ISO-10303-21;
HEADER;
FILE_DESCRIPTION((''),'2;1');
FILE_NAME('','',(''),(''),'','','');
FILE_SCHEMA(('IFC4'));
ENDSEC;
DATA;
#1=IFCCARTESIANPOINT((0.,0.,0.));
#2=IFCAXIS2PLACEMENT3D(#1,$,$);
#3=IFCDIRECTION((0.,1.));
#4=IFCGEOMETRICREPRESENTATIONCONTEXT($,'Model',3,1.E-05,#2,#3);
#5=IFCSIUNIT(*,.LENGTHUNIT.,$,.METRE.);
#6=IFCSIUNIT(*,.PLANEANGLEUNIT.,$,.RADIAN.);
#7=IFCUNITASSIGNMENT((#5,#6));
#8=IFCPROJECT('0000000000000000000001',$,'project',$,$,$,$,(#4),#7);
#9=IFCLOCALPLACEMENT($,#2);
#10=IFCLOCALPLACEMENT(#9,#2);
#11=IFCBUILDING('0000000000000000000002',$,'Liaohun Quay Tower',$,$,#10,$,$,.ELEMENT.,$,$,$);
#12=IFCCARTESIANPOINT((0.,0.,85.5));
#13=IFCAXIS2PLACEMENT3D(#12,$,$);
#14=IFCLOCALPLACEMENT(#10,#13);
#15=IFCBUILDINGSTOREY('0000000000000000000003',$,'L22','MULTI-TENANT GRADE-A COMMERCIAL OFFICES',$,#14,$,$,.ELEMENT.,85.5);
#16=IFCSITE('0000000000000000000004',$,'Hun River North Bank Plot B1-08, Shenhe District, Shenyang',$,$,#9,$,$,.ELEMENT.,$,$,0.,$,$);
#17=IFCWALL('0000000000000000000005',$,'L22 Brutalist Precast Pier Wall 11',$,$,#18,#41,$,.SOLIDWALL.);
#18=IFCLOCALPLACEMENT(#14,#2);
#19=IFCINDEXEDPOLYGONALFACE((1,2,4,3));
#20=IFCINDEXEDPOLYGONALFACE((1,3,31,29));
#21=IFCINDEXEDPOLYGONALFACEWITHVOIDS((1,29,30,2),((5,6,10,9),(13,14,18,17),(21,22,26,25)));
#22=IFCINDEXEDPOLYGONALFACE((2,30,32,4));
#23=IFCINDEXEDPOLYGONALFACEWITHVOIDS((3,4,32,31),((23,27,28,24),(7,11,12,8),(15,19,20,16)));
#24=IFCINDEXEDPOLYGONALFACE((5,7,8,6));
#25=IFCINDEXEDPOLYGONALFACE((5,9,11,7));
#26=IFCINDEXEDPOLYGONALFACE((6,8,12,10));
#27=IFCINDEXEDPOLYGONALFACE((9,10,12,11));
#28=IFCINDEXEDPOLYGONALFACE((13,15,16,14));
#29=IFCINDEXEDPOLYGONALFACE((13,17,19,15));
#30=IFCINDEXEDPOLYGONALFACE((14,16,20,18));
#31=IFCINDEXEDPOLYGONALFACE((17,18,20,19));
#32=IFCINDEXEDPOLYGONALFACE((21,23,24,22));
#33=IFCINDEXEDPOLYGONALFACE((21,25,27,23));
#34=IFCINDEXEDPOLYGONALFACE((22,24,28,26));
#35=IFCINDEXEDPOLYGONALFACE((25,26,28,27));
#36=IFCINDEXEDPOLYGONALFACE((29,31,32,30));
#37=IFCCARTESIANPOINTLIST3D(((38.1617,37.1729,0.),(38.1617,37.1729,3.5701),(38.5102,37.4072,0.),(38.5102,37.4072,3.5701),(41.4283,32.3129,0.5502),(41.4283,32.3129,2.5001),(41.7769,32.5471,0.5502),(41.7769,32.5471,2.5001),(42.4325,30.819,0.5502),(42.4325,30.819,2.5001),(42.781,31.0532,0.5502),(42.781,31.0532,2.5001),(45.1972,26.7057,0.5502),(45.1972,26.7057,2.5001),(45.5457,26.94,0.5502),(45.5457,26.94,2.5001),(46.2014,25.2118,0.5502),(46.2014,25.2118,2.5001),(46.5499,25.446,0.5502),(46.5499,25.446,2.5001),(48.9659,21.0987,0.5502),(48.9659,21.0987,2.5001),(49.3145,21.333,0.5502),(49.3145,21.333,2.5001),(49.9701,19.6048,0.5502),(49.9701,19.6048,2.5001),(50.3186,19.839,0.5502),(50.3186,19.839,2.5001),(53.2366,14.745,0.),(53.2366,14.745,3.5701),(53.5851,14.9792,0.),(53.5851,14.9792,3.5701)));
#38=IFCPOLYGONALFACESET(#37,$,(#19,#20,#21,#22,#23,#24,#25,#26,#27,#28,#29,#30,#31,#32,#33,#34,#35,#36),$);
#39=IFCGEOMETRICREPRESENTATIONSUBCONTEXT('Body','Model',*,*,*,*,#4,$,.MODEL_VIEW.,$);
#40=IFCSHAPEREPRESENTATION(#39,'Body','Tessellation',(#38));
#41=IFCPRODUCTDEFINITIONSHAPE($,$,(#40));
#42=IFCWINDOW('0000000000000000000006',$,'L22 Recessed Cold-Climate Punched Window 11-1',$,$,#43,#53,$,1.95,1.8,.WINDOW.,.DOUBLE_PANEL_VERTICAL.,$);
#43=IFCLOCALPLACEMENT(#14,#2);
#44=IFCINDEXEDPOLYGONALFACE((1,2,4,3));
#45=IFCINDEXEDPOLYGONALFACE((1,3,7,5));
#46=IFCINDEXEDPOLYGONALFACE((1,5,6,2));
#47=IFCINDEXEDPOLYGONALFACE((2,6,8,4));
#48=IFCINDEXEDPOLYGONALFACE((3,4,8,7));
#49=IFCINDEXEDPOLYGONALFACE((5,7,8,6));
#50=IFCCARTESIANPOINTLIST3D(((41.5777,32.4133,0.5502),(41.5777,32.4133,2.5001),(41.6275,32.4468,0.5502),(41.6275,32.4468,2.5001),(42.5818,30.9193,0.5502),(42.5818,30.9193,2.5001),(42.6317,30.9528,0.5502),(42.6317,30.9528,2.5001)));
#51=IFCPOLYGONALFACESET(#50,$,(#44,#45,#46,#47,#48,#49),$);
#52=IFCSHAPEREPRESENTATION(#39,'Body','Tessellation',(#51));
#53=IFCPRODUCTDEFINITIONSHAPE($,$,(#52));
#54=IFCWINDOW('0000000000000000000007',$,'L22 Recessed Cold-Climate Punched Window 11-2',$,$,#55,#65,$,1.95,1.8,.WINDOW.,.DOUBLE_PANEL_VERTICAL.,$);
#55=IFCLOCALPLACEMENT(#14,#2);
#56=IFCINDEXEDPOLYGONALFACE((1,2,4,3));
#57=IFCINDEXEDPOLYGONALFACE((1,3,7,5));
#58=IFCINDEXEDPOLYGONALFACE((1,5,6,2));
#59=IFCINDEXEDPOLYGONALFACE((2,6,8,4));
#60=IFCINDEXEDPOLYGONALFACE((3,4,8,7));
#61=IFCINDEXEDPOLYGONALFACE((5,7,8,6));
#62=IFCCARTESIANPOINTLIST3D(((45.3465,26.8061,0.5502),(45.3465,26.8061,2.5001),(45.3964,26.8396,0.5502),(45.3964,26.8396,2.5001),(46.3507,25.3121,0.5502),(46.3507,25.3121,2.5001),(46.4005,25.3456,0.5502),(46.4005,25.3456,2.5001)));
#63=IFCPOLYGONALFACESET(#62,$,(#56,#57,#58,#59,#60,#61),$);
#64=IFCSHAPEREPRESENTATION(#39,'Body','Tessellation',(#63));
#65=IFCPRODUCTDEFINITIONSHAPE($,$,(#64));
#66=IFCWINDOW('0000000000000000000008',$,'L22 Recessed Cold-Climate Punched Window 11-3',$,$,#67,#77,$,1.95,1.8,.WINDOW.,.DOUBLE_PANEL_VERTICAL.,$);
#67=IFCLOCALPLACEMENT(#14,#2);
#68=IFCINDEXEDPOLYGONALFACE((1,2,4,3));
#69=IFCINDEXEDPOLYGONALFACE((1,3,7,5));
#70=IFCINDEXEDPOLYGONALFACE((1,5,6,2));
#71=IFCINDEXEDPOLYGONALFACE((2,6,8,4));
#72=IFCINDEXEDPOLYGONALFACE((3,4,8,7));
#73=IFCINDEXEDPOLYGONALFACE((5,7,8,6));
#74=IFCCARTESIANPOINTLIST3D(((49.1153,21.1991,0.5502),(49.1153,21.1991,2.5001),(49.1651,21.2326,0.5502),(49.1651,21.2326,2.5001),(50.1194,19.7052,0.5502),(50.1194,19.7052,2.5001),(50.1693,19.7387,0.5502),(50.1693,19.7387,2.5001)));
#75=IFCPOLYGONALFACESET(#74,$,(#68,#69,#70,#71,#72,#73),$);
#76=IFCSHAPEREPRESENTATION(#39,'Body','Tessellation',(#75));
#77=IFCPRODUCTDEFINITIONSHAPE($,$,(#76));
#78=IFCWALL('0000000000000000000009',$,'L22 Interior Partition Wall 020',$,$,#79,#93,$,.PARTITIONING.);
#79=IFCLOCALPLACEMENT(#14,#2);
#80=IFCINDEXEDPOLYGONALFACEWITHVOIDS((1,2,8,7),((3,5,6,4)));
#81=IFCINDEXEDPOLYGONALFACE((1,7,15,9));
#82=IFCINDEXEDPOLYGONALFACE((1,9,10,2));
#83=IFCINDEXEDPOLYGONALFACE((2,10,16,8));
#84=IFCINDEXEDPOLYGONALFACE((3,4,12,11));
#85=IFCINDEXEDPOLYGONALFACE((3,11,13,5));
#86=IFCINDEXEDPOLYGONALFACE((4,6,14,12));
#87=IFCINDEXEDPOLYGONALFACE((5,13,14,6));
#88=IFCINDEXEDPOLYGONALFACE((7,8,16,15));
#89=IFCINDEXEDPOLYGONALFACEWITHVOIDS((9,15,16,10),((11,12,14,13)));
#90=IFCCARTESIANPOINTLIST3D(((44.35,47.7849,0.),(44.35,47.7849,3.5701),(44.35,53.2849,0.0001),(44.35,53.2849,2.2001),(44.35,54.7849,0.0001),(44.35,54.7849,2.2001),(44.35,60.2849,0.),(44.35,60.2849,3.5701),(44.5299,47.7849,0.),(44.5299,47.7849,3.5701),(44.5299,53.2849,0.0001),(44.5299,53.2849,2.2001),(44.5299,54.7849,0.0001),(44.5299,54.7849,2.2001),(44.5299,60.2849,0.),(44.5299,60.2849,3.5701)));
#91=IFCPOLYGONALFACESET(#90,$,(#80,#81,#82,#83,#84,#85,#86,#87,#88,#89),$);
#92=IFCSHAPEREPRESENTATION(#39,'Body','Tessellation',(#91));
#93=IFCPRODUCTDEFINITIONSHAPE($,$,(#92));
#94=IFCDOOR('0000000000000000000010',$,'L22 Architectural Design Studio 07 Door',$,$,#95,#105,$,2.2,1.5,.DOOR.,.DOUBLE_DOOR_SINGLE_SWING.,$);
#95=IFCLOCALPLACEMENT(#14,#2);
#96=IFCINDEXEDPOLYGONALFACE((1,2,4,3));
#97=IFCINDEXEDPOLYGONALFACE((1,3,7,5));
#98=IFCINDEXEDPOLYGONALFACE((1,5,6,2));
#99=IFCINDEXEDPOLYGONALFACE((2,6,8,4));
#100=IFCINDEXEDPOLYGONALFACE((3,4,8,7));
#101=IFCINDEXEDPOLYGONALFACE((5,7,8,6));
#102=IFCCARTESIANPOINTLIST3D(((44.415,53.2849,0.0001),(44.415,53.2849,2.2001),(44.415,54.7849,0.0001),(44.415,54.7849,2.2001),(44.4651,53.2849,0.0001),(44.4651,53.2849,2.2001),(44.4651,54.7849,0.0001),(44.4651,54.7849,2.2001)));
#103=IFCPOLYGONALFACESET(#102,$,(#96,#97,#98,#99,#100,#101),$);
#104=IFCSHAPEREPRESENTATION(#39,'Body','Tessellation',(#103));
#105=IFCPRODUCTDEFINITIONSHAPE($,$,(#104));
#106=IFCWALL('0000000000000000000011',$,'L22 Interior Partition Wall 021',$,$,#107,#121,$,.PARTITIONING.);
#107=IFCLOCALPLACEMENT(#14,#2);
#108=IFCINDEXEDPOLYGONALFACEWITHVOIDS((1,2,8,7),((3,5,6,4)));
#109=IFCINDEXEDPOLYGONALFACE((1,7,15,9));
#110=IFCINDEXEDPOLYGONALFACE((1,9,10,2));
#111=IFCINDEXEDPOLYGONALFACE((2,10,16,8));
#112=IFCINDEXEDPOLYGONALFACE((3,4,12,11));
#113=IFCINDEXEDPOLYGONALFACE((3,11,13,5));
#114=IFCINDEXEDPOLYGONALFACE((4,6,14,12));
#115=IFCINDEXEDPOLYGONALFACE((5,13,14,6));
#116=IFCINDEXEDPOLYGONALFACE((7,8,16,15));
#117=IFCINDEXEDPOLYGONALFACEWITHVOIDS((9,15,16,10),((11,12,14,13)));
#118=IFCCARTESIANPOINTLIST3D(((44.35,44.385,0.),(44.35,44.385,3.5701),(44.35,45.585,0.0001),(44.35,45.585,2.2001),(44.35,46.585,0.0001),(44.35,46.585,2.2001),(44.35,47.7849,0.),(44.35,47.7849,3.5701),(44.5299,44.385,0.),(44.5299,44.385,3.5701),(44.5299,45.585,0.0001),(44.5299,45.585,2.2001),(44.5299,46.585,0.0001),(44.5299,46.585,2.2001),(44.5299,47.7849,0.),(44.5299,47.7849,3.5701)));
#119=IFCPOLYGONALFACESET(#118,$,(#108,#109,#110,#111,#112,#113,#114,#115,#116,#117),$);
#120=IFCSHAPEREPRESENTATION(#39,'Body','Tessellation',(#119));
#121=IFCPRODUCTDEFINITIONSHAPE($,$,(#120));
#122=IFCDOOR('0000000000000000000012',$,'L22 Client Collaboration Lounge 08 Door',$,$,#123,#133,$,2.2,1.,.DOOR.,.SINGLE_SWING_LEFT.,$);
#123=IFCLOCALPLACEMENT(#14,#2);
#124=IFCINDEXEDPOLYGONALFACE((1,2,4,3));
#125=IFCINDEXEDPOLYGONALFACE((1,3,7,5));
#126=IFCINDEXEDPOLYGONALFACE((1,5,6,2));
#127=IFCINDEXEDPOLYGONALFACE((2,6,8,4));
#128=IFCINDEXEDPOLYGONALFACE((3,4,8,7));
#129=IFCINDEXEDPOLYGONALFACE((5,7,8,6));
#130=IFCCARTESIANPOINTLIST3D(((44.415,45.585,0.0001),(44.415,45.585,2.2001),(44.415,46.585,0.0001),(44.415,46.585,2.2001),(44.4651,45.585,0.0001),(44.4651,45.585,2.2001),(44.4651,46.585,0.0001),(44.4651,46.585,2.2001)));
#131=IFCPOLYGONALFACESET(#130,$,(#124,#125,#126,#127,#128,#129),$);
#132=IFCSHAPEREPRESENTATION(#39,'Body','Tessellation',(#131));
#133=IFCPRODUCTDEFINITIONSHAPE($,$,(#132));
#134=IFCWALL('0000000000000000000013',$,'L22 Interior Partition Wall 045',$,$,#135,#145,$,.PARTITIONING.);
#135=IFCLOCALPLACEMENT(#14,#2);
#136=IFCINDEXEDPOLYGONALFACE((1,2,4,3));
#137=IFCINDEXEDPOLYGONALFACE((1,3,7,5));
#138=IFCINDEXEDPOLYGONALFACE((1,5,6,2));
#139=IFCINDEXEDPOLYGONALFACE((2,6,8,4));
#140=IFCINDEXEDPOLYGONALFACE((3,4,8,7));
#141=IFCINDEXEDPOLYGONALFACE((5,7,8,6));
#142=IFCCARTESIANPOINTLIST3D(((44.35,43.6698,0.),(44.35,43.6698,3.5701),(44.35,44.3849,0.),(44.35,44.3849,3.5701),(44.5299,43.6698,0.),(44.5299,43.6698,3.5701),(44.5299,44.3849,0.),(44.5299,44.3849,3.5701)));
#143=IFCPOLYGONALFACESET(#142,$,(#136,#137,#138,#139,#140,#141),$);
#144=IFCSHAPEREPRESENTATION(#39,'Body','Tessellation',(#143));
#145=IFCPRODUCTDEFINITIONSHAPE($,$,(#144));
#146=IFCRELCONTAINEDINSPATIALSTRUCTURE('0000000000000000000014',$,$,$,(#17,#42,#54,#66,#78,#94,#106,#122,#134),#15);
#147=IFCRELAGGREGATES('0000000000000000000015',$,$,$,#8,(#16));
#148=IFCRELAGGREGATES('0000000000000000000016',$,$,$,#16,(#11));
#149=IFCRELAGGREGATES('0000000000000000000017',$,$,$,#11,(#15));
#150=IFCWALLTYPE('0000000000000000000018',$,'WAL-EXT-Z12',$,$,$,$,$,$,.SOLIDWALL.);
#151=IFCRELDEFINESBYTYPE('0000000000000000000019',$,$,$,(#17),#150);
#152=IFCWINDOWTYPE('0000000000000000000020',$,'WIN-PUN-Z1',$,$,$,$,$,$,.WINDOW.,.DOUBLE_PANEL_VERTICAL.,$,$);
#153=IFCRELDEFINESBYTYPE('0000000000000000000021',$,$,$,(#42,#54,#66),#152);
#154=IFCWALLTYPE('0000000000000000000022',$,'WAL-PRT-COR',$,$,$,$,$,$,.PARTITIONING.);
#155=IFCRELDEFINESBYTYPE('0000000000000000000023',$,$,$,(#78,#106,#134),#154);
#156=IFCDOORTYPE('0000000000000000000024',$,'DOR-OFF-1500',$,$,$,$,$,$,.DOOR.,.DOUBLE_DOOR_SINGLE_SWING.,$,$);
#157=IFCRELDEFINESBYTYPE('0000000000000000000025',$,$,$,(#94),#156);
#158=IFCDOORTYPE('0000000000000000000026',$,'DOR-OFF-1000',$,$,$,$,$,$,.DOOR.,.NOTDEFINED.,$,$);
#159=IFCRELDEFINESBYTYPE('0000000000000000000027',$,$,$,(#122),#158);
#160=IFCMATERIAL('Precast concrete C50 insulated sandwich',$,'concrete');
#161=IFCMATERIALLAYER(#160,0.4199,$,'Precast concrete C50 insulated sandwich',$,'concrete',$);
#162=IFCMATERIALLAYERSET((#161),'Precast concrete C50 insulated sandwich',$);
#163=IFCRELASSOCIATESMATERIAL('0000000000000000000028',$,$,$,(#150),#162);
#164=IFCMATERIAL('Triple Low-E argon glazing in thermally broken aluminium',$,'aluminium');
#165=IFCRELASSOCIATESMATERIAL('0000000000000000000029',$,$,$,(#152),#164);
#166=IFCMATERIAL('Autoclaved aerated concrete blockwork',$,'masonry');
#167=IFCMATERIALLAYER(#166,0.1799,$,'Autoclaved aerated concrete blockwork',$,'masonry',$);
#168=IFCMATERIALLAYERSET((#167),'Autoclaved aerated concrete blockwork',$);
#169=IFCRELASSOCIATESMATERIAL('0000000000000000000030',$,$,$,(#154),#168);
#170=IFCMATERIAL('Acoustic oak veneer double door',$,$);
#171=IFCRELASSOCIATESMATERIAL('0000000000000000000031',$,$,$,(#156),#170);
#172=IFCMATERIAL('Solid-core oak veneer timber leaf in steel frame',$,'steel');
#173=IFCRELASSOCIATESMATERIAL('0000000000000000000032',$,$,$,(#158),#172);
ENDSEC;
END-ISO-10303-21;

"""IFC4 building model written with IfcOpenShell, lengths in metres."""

from ifc_helpers import new_model, si_unit, direction, frame, frame_2d, origin, place, context, subcontext, project, spatial, rectangle, extrude, source, transform, mapped, material, layer, layer_set, type_object, element, fill, save


model = new_model("IFC4")

# Units and contexts
model_context = context("Model", 3, precision=1e-05, world=origin(), true_north=direction((0.0, 1.0)))
body_context = subcontext(model_context, "Body", "Model", "MODEL_VIEW")
ifc_project = project(units=[si_unit("LENGTHUNIT", "METRE"), si_unit("PLANEANGLEUNIT", "RADIAN")], contexts=[model_context])

# Site, building, storey
site_placement = place(None, origin())
site = spatial("IfcSite", under=ifc_project, at=site_placement, Name="Hun River North Bank Plot B1-08, Shenhe District, Shenyang", CompositionType="ELEMENT", RefElevation=0.0)
building_placement = place(site_placement, origin())
building = spatial("IfcBuilding", under=site, at=building_placement, Name="Liaohun Quay Tower", CompositionType="ELEMENT")
storey_placement = place(building_placement, frame((0.0, 0.0, 85.5)))
storey = spatial("IfcBuildingStorey", under=building, at=storey_placement, Name="L22", Description="MULTI-TENANT GRADE-A COMMERCIAL OFFICES", CompositionType="ELEMENT", Elevation=85.5)

# Wall, openings, windows
ifc_material_1 = material(Name="Precast concrete C50 insulated sandwich", Category="concrete")
ifc_layer_1 = layer(ifc_material_1, 0.4199, Name="Precast concrete C50 insulated sandwich", Category="concrete")
ifc_layer_set_1 = layer_set([ifc_layer_1], Name="Precast concrete C50 insulated sandwich")
wall_type_1 = type_object("IfcWallType", Name="WAL-EXT-Z12", PredefinedType="SOLIDWALL", material=ifc_layer_set_1)
wall_1_placement = place(storey_placement, frame((38.3359, 37.29, 0.0), z_axis=(0.0, 0.0, 1.0), x_axis=(0.557846, -0.829944, 0.0)))
wall_1 = element("IfcWall", 1, at=wall_1_placement, inside=storey, type_object=wall_type_1, Name="L22 Brutalist Precast Pier Wall 11", PredefinedType="SOLIDWALL", context=body_context, shape_type="SweptSolid", body=[
    extrude(rectangle(XDim=27.0234, YDim=0.4199, at=frame_2d((13.5117, 0.0))), origin(), (0.0, 0.0, 1.0), 3.5701),
])
shared_shape_1 = source(origin(), body_context, "Body", "SweptSolid", [
    extrude(rectangle(XDim=1.8, YDim=1.95, at=frame_2d((0.8999, 0.9751))), frame((0.0, 0.22, 0.0), z_axis=(0.0, -1.0, 0.0), x_axis=(1.0, 0.0, 0.0)), (0.0, 0.0, 1.0), 0.4399),
])
opening_1_placement = place(wall_1_placement, frame((5.856, 0.0, 0.55)))
opening_1 = element("IfcOpeningElement", 2, at=opening_1_placement, cuts=wall_1, PredefinedType="OPENING", context=body_context, shape_type="MappedRepresentation", body=[
    mapped(shared_shape_1, transform((0.0, 0.0, 0.0), x_axis=(1.0, 0.0, 0.0), y_axis=(0.0, 1.0, 0.0), z_axis=(0.0, 0.0, 1.0), scale=1.0)),
])
opening_2_placement = place(wall_1_placement, frame((12.6121, 0.0, 0.55)))
opening_2 = element("IfcOpeningElement", 3, at=opening_2_placement, cuts=wall_1, PredefinedType="OPENING", context=body_context, shape_type="MappedRepresentation", body=[
    mapped(shared_shape_1, transform((0.0, 0.0, 0.0), x_axis=(1.0, 0.0, 0.0), y_axis=(0.0, 1.0, 0.0), z_axis=(0.0, 0.0, 1.0), scale=1.0)),
])
opening_3_placement = place(wall_1_placement, frame((19.3679, 0.0, 0.55)))
opening_3 = element("IfcOpeningElement", 4, at=opening_3_placement, cuts=wall_1, PredefinedType="OPENING", context=body_context, shape_type="MappedRepresentation", body=[
    mapped(shared_shape_1, transform((0.0, 0.0, 0.0), x_axis=(1.0, 0.0, 0.0), y_axis=(0.0, 1.0, 0.0), z_axis=(0.0, 0.0, 1.0), scale=1.0)),
])
ifc_material_2 = material(Name="Triple Low-E argon glazing in thermally broken aluminium", Category="aluminium")
window_type = type_object("IfcWindowType", Name="WIN-PUN-Z1", PartitioningType="DOUBLE_PANEL_VERTICAL", PredefinedType="WINDOW", material=ifc_material_2)
shared_shape_2 = source(origin(), body_context, "Body", "SweptSolid", [
    extrude(rectangle(XDim=1.8, YDim=1.95, at=frame_2d((0.8999, 0.9751))), frame((0.0, 0.03, 0.0), z_axis=(0.0, -1.0, 0.0), x_axis=(1.0, 0.0, 0.0)), (0.0, 0.0, 1.0), 0.0601),
])
window_1_placement = place(opening_1_placement, origin())
window_1 = element("IfcWindow", 5, at=window_1_placement, inside=storey, type_object=window_type, Name="L22 Recessed Cold-Climate Punched Window 11-1", OverallHeight=1.95, OverallWidth=1.8, PartitioningType="DOUBLE_PANEL_VERTICAL", PredefinedType="WINDOW", context=body_context, shape_type="MappedRepresentation", body=[
    mapped(shared_shape_2, transform((0.0, 0.0, 0.0), x_axis=(1.0, 0.0, 0.0), y_axis=(0.0, 1.0, 0.0), z_axis=(0.0, 0.0, 1.0), scale=1.0)),
])
fill(opening_1, window_1)
window_2_placement = place(opening_2_placement, origin())
window_2 = element("IfcWindow", 6, at=window_2_placement, inside=storey, type_object=window_type, Name="L22 Recessed Cold-Climate Punched Window 11-2", OverallHeight=1.95, OverallWidth=1.8, PartitioningType="DOUBLE_PANEL_VERTICAL", PredefinedType="WINDOW", context=body_context, shape_type="MappedRepresentation", body=[
    mapped(shared_shape_2, transform((0.0, 0.0, 0.0), x_axis=(1.0, 0.0, 0.0), y_axis=(0.0, 1.0, 0.0), z_axis=(0.0, 0.0, 1.0), scale=1.0)),
])
fill(opening_2, window_2)
window_3_placement = place(opening_3_placement, origin())
window_3 = element("IfcWindow", 7, at=window_3_placement, inside=storey, type_object=window_type, Name="L22 Recessed Cold-Climate Punched Window 11-3", OverallHeight=1.95, OverallWidth=1.8, PartitioningType="DOUBLE_PANEL_VERTICAL", PredefinedType="WINDOW", context=body_context, shape_type="MappedRepresentation", body=[
    mapped(shared_shape_2, transform((0.0, 0.0, 0.0), x_axis=(1.0, 0.0, 0.0), y_axis=(0.0, 1.0, 0.0), z_axis=(0.0, 0.0, 1.0), scale=1.0)),
])
fill(opening_3, window_3)

# Walls, openings, doors
ifc_material_3 = material(Name="Autoclaved aerated concrete blockwork", Category="masonry")
ifc_layer_2 = layer(ifc_material_3, 0.1799, Name="Autoclaved aerated concrete blockwork", Category="masonry")
ifc_layer_set_2 = layer_set([ifc_layer_2], Name="Autoclaved aerated concrete blockwork")
wall_type_2 = type_object("IfcWallType", Name="WAL-PRT-COR", PredefinedType="PARTITIONING", material=ifc_layer_set_2)
wall_2_placement = place(storey_placement, frame((44.4399, 47.7849, 0.0), z_axis=(0.0, 0.0, 1.0), x_axis=(0.0, 1.0, 0.0)))
wall_2 = element("IfcWall", 8, at=wall_2_placement, inside=storey, type_object=wall_type_2, Name="L22 Interior Partition Wall 020", PredefinedType="PARTITIONING", context=body_context, shape_type="SweptSolid", body=[
    extrude(rectangle(XDim=12.5, YDim=0.1799, at=frame_2d((6.25, 0.0))), origin(), (0.0, 0.0, 1.0), 3.5701),
])
shared_shape_3 = source(origin(), body_context, "Body", "SweptSolid", [
    extrude(rectangle(XDim=1.5, YDim=2.2, at=frame_2d((0.75, 1.1001))), frame((0.0, 0.0999, 0.0), z_axis=(0.0, -1.0, 0.0), x_axis=(1.0, 0.0, 0.0)), (0.0, 0.0, 1.0), 0.2),
])
opening_4_placement = place(wall_2_placement, frame((5.5, 0.0, 0.0)))
opening_4 = element("IfcOpeningElement", 9, at=opening_4_placement, cuts=wall_2, PredefinedType="OPENING", context=body_context, shape_type="MappedRepresentation", body=[
    mapped(shared_shape_3, transform((0.0, 0.0, 0.0), x_axis=(1.0, 0.0, 0.0), y_axis=(0.0, 1.0, 0.0), z_axis=(0.0, 0.0, 1.0), scale=1.0)),
])
ifc_material_4 = material(Name="Acoustic oak veneer double door")
door_type_1 = type_object("IfcDoorType", Name="DOR-OFF-1500", OperationType="DOUBLE_DOOR_SINGLE_SWING", PredefinedType="DOOR", material=ifc_material_4)
shared_shape_4 = source(origin(), body_context, "Body", "SweptSolid", [
    extrude(rectangle(XDim=1.5, YDim=2.2, at=frame_2d((0.75, 1.1001))), frame((0.0, 0.0249, 0.0), z_axis=(0.0, -1.0, 0.0), x_axis=(1.0, 0.0, 0.0)), (0.0, 0.0, 1.0), 0.05),
])
door_1_placement = place(opening_4_placement, origin())
door_1 = element("IfcDoor", 10, at=door_1_placement, inside=storey, type_object=door_type_1, Name="L22 Architectural Design Studio 07 Door", OperationType="DOUBLE_DOOR_SINGLE_SWING", OverallHeight=2.2, OverallWidth=1.5, PredefinedType="DOOR", context=body_context, shape_type="MappedRepresentation", body=[
    mapped(shared_shape_4, transform((0.0, 0.0, 0.0), x_axis=(1.0, 0.0, 0.0), y_axis=(0.0, 1.0, 0.0), z_axis=(0.0, 0.0, 1.0), scale=1.0)),
])
fill(opening_4, door_1)
wall_3_placement = place(storey_placement, frame((44.4399, 44.385, 0.0), z_axis=(0.0, 0.0, 1.0), x_axis=(0.0, 1.0, 0.0)))
wall_3 = element("IfcWall", 11, at=wall_3_placement, inside=storey, type_object=wall_type_2, Name="L22 Interior Partition Wall 021", PredefinedType="PARTITIONING", context=body_context, shape_type="SweptSolid", body=[
    extrude(rectangle(XDim=3.3999, YDim=0.1799, at=frame_2d((1.7, 0.0))), origin(), (0.0, 0.0, 1.0), 3.5701),
])
shared_shape_5 = source(origin(), body_context, "Body", "SweptSolid", [
    extrude(rectangle(XDim=1.0, YDim=2.2, at=frame_2d((0.5, 1.1001))), frame((0.0, 0.0999, 0.0), z_axis=(0.0, -1.0, 0.0), x_axis=(1.0, 0.0, 0.0)), (0.0, 0.0, 1.0), 0.2),
])
opening_5_placement = place(wall_3_placement, frame((1.2, 0.0, 0.0)))
opening_5 = element("IfcOpeningElement", 12, at=opening_5_placement, cuts=wall_3, PredefinedType="OPENING", context=body_context, shape_type="MappedRepresentation", body=[
    mapped(shared_shape_5, transform((0.0, 0.0, 0.0), x_axis=(1.0, 0.0, 0.0), y_axis=(0.0, 1.0, 0.0), z_axis=(0.0, 0.0, 1.0), scale=1.0)),
])
ifc_material_5 = material(Name="Solid-core oak veneer timber leaf in steel frame", Category="steel")
door_type_2 = type_object("IfcDoorType", Name="DOR-OFF-1000", OperationType="NOTDEFINED", PredefinedType="DOOR", material=ifc_material_5)
shared_shape_6 = source(origin(), body_context, "Body", "SweptSolid", [
    extrude(rectangle(XDim=1.0, YDim=2.2, at=frame_2d((0.5, 1.1001))), frame((0.0, 0.0249, 0.0), z_axis=(0.0, -1.0, 0.0), x_axis=(1.0, 0.0, 0.0)), (0.0, 0.0, 1.0), 0.05),
])
door_2_placement = place(opening_5_placement, origin())
door_2 = element("IfcDoor", 13, at=door_2_placement, inside=storey, type_object=door_type_2, Name="L22 Client Collaboration Lounge 08 Door", OperationType="SINGLE_SWING_LEFT", OverallHeight=2.2, OverallWidth=1.0, PredefinedType="DOOR", context=body_context, shape_type="MappedRepresentation", body=[
    mapped(shared_shape_6, transform((0.0, 0.0, 0.0), x_axis=(1.0, 0.0, 0.0), y_axis=(0.0, 1.0, 0.0), z_axis=(0.0, 0.0, 1.0), scale=1.0)),
])
fill(opening_5, door_2)

# Wall
wall_4_placement = place(storey_placement, frame((44.4399, 43.6699, 0.0), z_axis=(0.0, 0.0, 1.0), x_axis=(0.0, 1.0, 0.0)))
element("IfcWall", 14, at=wall_4_placement, inside=storey, type_object=wall_type_2, Name="L22 Interior Partition Wall 045", PredefinedType="PARTITIONING", context=body_context, shape_type="SweptSolid", body=[
    extrude(rectangle(XDim=0.7151, YDim=0.1799, at=frame_2d((0.3574, 0.0))), origin(), (0.0, 0.0, 1.0), 3.5701),
])

save(model, "model.ifc")
